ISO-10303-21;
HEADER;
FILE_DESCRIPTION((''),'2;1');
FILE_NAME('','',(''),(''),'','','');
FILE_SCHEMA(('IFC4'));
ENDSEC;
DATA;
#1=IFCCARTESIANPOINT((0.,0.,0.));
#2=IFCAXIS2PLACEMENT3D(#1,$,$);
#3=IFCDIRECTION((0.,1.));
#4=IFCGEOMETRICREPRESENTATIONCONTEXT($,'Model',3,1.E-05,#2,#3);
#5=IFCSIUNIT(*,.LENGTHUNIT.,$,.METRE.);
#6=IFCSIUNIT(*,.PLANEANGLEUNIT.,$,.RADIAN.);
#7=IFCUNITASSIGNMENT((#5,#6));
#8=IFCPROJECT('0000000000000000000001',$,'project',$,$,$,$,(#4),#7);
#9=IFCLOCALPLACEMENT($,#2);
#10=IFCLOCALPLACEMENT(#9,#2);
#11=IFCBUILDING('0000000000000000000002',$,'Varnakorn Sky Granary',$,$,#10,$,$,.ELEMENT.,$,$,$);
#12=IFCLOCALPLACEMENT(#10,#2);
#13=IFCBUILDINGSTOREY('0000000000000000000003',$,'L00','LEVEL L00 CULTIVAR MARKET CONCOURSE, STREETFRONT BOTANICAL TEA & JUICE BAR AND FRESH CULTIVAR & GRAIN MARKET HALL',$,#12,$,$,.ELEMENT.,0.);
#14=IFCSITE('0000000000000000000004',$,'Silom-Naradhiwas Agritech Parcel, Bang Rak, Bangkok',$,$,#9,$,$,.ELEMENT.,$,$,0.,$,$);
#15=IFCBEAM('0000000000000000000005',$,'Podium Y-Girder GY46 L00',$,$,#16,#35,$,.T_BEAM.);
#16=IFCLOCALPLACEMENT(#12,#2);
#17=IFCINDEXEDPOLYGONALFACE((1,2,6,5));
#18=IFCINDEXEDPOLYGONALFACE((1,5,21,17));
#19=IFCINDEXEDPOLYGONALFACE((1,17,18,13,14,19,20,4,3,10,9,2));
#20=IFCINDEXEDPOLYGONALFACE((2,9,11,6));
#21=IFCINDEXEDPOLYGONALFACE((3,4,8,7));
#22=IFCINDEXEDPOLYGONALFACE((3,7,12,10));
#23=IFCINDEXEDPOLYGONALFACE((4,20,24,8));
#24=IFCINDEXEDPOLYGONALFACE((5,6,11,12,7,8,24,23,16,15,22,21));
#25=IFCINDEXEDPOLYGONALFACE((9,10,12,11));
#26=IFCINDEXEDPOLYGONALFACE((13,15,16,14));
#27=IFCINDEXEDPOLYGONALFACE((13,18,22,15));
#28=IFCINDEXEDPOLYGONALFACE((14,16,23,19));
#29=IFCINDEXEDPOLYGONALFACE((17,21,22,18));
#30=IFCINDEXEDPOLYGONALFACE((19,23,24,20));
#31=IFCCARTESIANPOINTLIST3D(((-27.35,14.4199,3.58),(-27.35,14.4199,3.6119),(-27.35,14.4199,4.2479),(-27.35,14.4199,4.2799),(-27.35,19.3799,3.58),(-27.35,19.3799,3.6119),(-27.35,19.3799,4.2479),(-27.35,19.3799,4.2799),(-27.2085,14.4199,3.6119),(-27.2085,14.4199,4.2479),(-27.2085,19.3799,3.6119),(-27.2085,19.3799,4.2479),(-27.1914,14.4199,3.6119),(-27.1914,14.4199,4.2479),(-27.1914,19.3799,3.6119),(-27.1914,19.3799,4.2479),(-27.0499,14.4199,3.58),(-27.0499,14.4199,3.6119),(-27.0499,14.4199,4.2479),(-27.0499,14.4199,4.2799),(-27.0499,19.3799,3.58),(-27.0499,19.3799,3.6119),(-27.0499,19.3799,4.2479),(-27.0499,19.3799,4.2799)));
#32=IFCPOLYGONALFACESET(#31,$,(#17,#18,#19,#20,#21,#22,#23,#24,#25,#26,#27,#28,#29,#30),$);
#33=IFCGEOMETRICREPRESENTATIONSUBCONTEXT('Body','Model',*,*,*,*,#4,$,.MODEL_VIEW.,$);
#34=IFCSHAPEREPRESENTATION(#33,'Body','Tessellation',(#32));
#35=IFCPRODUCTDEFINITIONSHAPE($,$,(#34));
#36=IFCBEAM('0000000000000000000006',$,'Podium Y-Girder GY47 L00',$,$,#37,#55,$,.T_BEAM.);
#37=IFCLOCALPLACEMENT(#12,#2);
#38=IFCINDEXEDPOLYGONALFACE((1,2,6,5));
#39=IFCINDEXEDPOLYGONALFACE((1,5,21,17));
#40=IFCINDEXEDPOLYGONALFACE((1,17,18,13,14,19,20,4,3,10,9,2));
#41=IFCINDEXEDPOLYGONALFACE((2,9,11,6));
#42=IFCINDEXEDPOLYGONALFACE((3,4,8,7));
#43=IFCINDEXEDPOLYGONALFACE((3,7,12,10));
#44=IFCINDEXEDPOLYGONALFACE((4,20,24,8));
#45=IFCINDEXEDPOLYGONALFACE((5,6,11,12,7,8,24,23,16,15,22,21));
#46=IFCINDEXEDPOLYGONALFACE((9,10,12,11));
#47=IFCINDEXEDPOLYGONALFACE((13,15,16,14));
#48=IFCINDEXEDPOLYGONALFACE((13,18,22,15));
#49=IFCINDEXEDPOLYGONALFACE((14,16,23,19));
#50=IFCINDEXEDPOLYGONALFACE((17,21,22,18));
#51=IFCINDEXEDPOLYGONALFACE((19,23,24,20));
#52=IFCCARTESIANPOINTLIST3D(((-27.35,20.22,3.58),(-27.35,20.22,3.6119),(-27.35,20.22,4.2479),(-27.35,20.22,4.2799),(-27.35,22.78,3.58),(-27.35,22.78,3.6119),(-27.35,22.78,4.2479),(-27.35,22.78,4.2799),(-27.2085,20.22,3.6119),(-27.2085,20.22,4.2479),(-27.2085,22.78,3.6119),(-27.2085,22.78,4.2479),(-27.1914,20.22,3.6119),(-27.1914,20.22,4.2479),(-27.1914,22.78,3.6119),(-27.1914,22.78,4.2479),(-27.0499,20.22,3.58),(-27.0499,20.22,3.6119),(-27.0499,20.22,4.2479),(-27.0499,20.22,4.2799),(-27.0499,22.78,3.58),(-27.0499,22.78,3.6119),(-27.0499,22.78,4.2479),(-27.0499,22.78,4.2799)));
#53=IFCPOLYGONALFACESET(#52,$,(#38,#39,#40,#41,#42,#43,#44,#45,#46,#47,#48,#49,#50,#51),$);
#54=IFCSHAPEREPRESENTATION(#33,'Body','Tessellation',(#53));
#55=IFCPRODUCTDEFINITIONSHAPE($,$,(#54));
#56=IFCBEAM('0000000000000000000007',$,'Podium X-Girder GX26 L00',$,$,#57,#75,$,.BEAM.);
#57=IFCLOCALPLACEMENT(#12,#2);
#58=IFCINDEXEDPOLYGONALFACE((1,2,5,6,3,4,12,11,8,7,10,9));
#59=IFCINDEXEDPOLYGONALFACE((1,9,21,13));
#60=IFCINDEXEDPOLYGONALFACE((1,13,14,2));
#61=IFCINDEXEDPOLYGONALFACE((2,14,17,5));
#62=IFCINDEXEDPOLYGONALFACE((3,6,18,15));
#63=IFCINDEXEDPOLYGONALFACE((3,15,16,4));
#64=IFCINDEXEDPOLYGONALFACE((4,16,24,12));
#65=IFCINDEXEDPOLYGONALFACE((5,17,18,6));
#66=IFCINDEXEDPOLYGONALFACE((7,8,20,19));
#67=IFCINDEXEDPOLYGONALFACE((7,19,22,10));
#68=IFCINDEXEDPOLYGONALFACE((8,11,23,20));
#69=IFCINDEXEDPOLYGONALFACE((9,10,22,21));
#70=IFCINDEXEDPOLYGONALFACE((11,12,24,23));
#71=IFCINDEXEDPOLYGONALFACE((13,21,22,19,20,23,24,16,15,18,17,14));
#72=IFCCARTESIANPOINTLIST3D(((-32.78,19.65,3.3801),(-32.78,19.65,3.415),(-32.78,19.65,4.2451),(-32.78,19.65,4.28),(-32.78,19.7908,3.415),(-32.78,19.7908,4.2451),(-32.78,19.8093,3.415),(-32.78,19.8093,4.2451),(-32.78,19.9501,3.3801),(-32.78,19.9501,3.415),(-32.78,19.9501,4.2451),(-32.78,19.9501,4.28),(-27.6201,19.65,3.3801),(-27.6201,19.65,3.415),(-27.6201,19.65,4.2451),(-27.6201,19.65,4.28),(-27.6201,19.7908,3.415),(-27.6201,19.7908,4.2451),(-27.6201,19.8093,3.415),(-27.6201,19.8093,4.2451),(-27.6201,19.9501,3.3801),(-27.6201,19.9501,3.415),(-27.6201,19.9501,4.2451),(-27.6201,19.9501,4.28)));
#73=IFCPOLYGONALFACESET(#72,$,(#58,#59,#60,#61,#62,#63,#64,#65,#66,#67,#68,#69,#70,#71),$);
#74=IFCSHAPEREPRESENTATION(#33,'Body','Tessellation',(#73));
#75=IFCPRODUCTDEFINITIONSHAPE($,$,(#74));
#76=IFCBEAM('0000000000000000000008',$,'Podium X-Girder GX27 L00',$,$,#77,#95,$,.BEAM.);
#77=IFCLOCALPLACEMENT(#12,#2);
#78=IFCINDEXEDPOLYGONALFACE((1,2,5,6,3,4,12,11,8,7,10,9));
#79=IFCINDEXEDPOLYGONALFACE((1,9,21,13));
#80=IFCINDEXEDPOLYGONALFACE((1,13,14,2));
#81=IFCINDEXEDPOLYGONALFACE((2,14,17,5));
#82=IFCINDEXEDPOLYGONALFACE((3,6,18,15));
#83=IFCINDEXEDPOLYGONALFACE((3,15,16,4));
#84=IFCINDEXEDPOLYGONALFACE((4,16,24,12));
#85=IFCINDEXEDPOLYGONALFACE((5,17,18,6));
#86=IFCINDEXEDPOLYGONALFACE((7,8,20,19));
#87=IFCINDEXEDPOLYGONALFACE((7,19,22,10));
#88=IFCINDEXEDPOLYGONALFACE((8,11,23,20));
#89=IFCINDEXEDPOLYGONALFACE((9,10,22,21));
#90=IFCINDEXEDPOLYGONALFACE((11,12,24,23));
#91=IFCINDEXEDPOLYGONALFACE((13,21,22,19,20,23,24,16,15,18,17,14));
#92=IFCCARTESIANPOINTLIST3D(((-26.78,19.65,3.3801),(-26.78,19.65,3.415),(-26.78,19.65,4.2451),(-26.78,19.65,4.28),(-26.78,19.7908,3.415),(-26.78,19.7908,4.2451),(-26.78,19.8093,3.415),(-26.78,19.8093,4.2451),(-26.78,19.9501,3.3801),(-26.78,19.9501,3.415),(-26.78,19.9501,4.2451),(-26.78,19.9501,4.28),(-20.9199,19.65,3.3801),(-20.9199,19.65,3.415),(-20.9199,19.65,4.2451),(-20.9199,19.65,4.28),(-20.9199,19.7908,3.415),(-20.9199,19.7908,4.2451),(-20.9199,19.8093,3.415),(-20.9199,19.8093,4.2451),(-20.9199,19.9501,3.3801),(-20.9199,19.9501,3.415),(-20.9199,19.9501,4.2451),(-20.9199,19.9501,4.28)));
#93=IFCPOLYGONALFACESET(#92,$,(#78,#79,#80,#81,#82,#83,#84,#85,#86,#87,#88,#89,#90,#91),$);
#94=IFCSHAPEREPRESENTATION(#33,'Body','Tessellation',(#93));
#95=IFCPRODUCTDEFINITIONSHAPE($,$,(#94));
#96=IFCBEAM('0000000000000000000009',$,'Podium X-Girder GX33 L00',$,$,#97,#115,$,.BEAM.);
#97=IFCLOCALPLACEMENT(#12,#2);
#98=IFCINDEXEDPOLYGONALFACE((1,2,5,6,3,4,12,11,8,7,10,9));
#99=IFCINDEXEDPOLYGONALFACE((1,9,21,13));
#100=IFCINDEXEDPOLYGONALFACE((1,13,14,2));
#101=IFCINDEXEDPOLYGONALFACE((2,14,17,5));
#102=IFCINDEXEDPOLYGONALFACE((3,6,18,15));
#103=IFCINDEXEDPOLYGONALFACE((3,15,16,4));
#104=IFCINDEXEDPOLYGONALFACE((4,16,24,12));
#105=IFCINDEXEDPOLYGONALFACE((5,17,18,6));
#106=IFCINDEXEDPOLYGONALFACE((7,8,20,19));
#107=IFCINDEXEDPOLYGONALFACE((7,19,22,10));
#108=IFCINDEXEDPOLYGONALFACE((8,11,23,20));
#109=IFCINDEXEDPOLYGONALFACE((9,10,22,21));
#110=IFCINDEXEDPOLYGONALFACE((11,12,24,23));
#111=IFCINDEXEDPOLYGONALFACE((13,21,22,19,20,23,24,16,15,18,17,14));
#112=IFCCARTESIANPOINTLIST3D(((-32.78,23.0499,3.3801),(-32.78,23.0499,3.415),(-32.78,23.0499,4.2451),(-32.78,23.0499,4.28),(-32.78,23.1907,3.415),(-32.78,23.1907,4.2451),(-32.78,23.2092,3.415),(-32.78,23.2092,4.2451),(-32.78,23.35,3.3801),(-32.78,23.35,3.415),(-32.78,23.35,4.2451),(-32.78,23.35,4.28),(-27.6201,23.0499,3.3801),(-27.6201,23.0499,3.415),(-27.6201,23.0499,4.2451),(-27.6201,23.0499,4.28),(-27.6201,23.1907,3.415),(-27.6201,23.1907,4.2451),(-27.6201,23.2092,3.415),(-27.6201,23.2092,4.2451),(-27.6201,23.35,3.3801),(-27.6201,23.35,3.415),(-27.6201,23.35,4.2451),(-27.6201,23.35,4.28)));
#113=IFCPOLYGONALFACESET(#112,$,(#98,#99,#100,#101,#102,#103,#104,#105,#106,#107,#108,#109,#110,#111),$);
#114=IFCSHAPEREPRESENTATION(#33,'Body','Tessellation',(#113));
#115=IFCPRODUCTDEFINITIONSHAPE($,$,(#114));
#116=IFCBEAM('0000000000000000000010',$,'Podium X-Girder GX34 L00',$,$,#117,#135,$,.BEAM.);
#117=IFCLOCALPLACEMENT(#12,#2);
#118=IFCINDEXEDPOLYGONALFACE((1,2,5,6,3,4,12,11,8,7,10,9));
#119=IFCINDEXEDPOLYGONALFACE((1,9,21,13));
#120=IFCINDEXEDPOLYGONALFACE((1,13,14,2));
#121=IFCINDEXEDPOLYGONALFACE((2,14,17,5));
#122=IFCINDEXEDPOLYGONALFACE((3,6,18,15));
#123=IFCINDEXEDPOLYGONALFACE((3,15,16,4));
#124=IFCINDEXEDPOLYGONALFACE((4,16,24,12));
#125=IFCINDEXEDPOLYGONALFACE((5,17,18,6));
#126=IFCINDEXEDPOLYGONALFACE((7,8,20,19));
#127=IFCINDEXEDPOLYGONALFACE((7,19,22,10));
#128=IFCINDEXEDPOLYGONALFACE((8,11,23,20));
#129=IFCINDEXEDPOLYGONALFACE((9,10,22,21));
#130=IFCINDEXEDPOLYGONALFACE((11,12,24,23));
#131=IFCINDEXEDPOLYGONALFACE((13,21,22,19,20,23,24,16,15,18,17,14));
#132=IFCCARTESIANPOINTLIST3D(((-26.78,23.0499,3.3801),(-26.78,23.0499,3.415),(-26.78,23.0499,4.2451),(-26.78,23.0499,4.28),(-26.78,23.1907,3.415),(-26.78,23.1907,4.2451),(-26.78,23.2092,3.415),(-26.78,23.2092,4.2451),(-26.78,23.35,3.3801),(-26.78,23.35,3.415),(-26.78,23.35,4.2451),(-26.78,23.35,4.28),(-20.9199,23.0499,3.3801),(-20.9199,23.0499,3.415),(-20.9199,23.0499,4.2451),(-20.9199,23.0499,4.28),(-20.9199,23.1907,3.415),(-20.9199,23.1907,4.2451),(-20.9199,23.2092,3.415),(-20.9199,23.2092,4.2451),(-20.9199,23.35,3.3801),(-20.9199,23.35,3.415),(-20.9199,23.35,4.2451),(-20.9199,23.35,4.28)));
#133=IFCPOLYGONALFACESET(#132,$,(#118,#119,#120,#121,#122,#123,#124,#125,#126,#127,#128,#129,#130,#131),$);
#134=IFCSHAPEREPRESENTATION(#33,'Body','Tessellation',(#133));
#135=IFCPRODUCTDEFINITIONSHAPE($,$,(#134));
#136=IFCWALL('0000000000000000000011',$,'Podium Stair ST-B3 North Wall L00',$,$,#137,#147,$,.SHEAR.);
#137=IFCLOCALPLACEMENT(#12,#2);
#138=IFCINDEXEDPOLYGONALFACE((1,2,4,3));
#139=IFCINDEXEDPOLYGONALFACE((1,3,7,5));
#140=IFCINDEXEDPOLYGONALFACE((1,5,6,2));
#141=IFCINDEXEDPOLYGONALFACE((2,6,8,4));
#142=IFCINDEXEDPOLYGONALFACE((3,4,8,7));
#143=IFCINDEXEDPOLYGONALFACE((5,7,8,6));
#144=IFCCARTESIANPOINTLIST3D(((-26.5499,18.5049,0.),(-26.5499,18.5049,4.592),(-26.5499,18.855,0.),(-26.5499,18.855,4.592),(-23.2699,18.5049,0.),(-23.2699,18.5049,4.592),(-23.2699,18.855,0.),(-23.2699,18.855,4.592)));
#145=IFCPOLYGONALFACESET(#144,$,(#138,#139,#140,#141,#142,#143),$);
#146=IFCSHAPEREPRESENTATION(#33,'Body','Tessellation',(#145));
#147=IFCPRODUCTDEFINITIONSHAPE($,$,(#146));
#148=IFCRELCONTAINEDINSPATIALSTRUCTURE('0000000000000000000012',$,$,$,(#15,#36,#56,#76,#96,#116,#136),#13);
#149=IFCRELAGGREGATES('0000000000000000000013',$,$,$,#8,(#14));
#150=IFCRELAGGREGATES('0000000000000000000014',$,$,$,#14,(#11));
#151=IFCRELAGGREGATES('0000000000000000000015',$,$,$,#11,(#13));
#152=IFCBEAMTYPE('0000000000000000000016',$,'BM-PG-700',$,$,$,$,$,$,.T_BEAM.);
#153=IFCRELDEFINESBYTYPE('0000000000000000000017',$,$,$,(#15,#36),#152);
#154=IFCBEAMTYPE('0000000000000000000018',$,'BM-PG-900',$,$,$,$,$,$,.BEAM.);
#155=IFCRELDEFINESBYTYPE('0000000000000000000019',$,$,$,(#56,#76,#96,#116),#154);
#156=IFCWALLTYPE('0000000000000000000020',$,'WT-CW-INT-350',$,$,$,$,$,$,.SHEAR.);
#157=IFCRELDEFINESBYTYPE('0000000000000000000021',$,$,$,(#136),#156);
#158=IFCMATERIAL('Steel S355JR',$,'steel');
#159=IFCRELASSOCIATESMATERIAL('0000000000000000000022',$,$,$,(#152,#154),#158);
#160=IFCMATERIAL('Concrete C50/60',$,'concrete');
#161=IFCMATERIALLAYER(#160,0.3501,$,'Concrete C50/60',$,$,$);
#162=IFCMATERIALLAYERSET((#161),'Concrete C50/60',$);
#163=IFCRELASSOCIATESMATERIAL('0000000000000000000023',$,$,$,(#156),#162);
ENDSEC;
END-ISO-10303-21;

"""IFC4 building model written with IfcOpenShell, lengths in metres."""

from ifc_helpers import new_model, si_unit, direction, frame, frame_2d, origin, origin_2d, place, context, subcontext, project, spatial, rectangle, i_section, extrude, material, layer, layer_set, material_profile, profile_set, type_object, element, save


model = new_model("IFC4")

# Units and contexts
model_context = context("Model", 3, precision=1e-05, world=origin(), true_north=direction((0.0, 1.0)))
body_context = subcontext(model_context, "Body", "Model", "MODEL_VIEW")
ifc_project = project(units=[si_unit("LENGTHUNIT", "METRE"), si_unit("PLANEANGLEUNIT", "RADIAN")], contexts=[model_context])

# Site, building, storey
site_placement = place(None, origin())
site = spatial("IfcSite", under=ifc_project, at=site_placement, Name="Silom-Naradhiwas Agritech Parcel, Bang Rak, Bangkok", CompositionType="ELEMENT", RefElevation=0.0)
building_placement = place(site_placement, origin())
building = spatial("IfcBuilding", under=site, at=building_placement, Name="Varnakorn Sky Granary", CompositionType="ELEMENT")
storey_placement = place(building_placement, origin())
storey = spatial("IfcBuildingStorey", under=building, at=storey_placement, Name="L00", Description="LEVEL L00 CULTIVAR MARKET CONCOURSE, STREETFRONT BOTANICAL TEA & JUICE BAR AND FRESH CULTIVAR & GRAIN MARKET HALL", CompositionType="ELEMENT", Elevation=0.0)

# Shared definitions
ifc_material_1 = material(Name="Concrete C50/60", Category="concrete")

# Beams
ifc_material_2 = material(Name="Steel S355JR", Category="steel")
ifc_material_profile_1 = material_profile(ifc_material_2, i_section(OverallWidth=0.3, OverallDepth=0.7, WebThickness=0.0171, FlangeThickness=0.032, at=origin_2d()), Name="HE 700 B")
ifc_profile_set_1 = profile_set([ifc_material_profile_1], Name="Steel S355JR")
beam_type_1 = type_object("IfcBeamType", Name="BM-PG-700", PredefinedType="T_BEAM", material=ifc_profile_set_1)
beam_1_placement = place(storey_placement, frame((-27.2, 14.4199, 3.9299), z_axis=(0.0, 1.0, 0.0), x_axis=(-1.0, 0.0, 0.0)))
element("IfcBeam", 1, at=beam_1_placement, inside=storey, type_object=beam_type_1, Name="Podium Y-Girder GY46 L00", PredefinedType="T_BEAM", context=body_context, shape_type="SweptSolid", body=[
    extrude(i_section(OverallWidth=0.3, OverallDepth=0.7, WebThickness=0.0171, FlangeThickness=0.032, at=origin_2d()), origin(), (0.0, 0.0, 1.0), 4.96),
])
beam_2_placement = place(storey_placement, frame((-27.2, 20.22, 3.9299), z_axis=(0.0, 1.0, 0.0), x_axis=(-1.0, 0.0, 0.0)))
element("IfcBeam", 2, at=beam_2_placement, inside=storey, type_object=beam_type_1, Name="Podium Y-Girder GY47 L00", PredefinedType="T_BEAM", context=body_context, shape_type="SweptSolid", body=[
    extrude(i_section(OverallWidth=0.3, OverallDepth=0.7, WebThickness=0.0171, FlangeThickness=0.032, at=origin_2d()), origin(), (0.0, 0.0, 1.0), 2.5601),
])
ifc_material_profile_2 = material_profile(ifc_material_2, i_section(OverallWidth=0.3, OverallDepth=0.8999, WebThickness=0.0186, FlangeThickness=0.0349, at=origin_2d()), Name="HE 900 B")
ifc_profile_set_2 = profile_set([ifc_material_profile_2], Name="Steel S355JR")
beam_type_2 = type_object("IfcBeamType", Name="BM-PG-900", PredefinedType="BEAM", material=ifc_profile_set_2)
beam_3_placement = place(storey_placement, frame((-32.78, 19.8, 3.8301), z_axis=(1.0, 0.0, 0.0), x_axis=(0.0, 1.0, 0.0)))
element("IfcBeam", 3, at=beam_3_placement, inside=storey, type_object=beam_type_2, Name="Podium X-Girder GX26 L00", PredefinedType="BEAM", context=body_context, shape_type="SweptSolid", body=[
    extrude(i_section(OverallWidth=0.3, OverallDepth=0.8999, WebThickness=0.0186, FlangeThickness=0.0349, at=origin_2d()), origin(), (0.0, 0.0, 1.0), 5.1599),
])
beam_4_placement = place(storey_placement, frame((-26.78, 19.8, 3.8301), z_axis=(1.0, 0.0, 0.0), x_axis=(0.0, 1.0, 0.0)))
element("IfcBeam", 4, at=beam_4_placement, inside=storey, type_object=beam_type_2, Name="Podium X-Girder GX27 L00", PredefinedType="BEAM", context=body_context, shape_type="SweptSolid", body=[
    extrude(i_section(OverallWidth=0.3, OverallDepth=0.8999, WebThickness=0.0186, FlangeThickness=0.0349, at=origin_2d()), origin(), (0.0, 0.0, 1.0), 5.8601),
])
beam_5_placement = place(storey_placement, frame((-32.78, 23.2, 3.8301), z_axis=(1.0, 0.0, 0.0), x_axis=(0.0, 1.0, 0.0)))
element("IfcBeam", 5, at=beam_5_placement, inside=storey, type_object=beam_type_2, Name="Podium X-Girder GX33 L00", PredefinedType="BEAM", context=body_context, shape_type="SweptSolid", body=[
    extrude(i_section(OverallWidth=0.3, OverallDepth=0.8999, WebThickness=0.0186, FlangeThickness=0.0349, at=origin_2d()), origin(), (0.0, 0.0, 1.0), 5.1599),
])
beam_6_placement = place(storey_placement, frame((-26.78, 23.2, 3.8301), z_axis=(1.0, 0.0, 0.0), x_axis=(0.0, 1.0, 0.0)))
element("IfcBeam", 6, at=beam_6_placement, inside=storey, type_object=beam_type_2, Name="Podium X-Girder GX34 L00", PredefinedType="BEAM", context=body_context, shape_type="SweptSolid", body=[
    extrude(i_section(OverallWidth=0.3, OverallDepth=0.8999, WebThickness=0.0186, FlangeThickness=0.0349, at=origin_2d()), origin(), (0.0, 0.0, 1.0), 5.8601),
])

# Wall
ifc_layer_1 = layer(ifc_material_1, 0.3501, Name="Concrete C50/60")
ifc_layer_set_1 = layer_set([ifc_layer_1], Name="Concrete C50/60")
wall_type_1 = type_object("IfcWallType", Name="WT-CW-INT-350", PredefinedType="SHEAR", material=ifc_layer_set_1)
wall_1_placement = place(storey_placement, frame((-26.55, 18.6799, 0.0), z_axis=(0.0, 0.0, 1.0), x_axis=(1.0, 0.0, 0.0)))
element("IfcWall", 7, at=wall_1_placement, inside=storey, type_object=wall_type_1, Name="Podium Stair ST-B3 North Wall L00", PredefinedType="SHEAR", context=body_context, shape_type="SweptSolid", body=[
    extrude(rectangle(XDim=3.28, YDim=0.3501, at=frame_2d((1.6401, 0.0))), origin(), (0.0, 0.0, 1.0), 4.592),
])

save(model, "model.ifc")
